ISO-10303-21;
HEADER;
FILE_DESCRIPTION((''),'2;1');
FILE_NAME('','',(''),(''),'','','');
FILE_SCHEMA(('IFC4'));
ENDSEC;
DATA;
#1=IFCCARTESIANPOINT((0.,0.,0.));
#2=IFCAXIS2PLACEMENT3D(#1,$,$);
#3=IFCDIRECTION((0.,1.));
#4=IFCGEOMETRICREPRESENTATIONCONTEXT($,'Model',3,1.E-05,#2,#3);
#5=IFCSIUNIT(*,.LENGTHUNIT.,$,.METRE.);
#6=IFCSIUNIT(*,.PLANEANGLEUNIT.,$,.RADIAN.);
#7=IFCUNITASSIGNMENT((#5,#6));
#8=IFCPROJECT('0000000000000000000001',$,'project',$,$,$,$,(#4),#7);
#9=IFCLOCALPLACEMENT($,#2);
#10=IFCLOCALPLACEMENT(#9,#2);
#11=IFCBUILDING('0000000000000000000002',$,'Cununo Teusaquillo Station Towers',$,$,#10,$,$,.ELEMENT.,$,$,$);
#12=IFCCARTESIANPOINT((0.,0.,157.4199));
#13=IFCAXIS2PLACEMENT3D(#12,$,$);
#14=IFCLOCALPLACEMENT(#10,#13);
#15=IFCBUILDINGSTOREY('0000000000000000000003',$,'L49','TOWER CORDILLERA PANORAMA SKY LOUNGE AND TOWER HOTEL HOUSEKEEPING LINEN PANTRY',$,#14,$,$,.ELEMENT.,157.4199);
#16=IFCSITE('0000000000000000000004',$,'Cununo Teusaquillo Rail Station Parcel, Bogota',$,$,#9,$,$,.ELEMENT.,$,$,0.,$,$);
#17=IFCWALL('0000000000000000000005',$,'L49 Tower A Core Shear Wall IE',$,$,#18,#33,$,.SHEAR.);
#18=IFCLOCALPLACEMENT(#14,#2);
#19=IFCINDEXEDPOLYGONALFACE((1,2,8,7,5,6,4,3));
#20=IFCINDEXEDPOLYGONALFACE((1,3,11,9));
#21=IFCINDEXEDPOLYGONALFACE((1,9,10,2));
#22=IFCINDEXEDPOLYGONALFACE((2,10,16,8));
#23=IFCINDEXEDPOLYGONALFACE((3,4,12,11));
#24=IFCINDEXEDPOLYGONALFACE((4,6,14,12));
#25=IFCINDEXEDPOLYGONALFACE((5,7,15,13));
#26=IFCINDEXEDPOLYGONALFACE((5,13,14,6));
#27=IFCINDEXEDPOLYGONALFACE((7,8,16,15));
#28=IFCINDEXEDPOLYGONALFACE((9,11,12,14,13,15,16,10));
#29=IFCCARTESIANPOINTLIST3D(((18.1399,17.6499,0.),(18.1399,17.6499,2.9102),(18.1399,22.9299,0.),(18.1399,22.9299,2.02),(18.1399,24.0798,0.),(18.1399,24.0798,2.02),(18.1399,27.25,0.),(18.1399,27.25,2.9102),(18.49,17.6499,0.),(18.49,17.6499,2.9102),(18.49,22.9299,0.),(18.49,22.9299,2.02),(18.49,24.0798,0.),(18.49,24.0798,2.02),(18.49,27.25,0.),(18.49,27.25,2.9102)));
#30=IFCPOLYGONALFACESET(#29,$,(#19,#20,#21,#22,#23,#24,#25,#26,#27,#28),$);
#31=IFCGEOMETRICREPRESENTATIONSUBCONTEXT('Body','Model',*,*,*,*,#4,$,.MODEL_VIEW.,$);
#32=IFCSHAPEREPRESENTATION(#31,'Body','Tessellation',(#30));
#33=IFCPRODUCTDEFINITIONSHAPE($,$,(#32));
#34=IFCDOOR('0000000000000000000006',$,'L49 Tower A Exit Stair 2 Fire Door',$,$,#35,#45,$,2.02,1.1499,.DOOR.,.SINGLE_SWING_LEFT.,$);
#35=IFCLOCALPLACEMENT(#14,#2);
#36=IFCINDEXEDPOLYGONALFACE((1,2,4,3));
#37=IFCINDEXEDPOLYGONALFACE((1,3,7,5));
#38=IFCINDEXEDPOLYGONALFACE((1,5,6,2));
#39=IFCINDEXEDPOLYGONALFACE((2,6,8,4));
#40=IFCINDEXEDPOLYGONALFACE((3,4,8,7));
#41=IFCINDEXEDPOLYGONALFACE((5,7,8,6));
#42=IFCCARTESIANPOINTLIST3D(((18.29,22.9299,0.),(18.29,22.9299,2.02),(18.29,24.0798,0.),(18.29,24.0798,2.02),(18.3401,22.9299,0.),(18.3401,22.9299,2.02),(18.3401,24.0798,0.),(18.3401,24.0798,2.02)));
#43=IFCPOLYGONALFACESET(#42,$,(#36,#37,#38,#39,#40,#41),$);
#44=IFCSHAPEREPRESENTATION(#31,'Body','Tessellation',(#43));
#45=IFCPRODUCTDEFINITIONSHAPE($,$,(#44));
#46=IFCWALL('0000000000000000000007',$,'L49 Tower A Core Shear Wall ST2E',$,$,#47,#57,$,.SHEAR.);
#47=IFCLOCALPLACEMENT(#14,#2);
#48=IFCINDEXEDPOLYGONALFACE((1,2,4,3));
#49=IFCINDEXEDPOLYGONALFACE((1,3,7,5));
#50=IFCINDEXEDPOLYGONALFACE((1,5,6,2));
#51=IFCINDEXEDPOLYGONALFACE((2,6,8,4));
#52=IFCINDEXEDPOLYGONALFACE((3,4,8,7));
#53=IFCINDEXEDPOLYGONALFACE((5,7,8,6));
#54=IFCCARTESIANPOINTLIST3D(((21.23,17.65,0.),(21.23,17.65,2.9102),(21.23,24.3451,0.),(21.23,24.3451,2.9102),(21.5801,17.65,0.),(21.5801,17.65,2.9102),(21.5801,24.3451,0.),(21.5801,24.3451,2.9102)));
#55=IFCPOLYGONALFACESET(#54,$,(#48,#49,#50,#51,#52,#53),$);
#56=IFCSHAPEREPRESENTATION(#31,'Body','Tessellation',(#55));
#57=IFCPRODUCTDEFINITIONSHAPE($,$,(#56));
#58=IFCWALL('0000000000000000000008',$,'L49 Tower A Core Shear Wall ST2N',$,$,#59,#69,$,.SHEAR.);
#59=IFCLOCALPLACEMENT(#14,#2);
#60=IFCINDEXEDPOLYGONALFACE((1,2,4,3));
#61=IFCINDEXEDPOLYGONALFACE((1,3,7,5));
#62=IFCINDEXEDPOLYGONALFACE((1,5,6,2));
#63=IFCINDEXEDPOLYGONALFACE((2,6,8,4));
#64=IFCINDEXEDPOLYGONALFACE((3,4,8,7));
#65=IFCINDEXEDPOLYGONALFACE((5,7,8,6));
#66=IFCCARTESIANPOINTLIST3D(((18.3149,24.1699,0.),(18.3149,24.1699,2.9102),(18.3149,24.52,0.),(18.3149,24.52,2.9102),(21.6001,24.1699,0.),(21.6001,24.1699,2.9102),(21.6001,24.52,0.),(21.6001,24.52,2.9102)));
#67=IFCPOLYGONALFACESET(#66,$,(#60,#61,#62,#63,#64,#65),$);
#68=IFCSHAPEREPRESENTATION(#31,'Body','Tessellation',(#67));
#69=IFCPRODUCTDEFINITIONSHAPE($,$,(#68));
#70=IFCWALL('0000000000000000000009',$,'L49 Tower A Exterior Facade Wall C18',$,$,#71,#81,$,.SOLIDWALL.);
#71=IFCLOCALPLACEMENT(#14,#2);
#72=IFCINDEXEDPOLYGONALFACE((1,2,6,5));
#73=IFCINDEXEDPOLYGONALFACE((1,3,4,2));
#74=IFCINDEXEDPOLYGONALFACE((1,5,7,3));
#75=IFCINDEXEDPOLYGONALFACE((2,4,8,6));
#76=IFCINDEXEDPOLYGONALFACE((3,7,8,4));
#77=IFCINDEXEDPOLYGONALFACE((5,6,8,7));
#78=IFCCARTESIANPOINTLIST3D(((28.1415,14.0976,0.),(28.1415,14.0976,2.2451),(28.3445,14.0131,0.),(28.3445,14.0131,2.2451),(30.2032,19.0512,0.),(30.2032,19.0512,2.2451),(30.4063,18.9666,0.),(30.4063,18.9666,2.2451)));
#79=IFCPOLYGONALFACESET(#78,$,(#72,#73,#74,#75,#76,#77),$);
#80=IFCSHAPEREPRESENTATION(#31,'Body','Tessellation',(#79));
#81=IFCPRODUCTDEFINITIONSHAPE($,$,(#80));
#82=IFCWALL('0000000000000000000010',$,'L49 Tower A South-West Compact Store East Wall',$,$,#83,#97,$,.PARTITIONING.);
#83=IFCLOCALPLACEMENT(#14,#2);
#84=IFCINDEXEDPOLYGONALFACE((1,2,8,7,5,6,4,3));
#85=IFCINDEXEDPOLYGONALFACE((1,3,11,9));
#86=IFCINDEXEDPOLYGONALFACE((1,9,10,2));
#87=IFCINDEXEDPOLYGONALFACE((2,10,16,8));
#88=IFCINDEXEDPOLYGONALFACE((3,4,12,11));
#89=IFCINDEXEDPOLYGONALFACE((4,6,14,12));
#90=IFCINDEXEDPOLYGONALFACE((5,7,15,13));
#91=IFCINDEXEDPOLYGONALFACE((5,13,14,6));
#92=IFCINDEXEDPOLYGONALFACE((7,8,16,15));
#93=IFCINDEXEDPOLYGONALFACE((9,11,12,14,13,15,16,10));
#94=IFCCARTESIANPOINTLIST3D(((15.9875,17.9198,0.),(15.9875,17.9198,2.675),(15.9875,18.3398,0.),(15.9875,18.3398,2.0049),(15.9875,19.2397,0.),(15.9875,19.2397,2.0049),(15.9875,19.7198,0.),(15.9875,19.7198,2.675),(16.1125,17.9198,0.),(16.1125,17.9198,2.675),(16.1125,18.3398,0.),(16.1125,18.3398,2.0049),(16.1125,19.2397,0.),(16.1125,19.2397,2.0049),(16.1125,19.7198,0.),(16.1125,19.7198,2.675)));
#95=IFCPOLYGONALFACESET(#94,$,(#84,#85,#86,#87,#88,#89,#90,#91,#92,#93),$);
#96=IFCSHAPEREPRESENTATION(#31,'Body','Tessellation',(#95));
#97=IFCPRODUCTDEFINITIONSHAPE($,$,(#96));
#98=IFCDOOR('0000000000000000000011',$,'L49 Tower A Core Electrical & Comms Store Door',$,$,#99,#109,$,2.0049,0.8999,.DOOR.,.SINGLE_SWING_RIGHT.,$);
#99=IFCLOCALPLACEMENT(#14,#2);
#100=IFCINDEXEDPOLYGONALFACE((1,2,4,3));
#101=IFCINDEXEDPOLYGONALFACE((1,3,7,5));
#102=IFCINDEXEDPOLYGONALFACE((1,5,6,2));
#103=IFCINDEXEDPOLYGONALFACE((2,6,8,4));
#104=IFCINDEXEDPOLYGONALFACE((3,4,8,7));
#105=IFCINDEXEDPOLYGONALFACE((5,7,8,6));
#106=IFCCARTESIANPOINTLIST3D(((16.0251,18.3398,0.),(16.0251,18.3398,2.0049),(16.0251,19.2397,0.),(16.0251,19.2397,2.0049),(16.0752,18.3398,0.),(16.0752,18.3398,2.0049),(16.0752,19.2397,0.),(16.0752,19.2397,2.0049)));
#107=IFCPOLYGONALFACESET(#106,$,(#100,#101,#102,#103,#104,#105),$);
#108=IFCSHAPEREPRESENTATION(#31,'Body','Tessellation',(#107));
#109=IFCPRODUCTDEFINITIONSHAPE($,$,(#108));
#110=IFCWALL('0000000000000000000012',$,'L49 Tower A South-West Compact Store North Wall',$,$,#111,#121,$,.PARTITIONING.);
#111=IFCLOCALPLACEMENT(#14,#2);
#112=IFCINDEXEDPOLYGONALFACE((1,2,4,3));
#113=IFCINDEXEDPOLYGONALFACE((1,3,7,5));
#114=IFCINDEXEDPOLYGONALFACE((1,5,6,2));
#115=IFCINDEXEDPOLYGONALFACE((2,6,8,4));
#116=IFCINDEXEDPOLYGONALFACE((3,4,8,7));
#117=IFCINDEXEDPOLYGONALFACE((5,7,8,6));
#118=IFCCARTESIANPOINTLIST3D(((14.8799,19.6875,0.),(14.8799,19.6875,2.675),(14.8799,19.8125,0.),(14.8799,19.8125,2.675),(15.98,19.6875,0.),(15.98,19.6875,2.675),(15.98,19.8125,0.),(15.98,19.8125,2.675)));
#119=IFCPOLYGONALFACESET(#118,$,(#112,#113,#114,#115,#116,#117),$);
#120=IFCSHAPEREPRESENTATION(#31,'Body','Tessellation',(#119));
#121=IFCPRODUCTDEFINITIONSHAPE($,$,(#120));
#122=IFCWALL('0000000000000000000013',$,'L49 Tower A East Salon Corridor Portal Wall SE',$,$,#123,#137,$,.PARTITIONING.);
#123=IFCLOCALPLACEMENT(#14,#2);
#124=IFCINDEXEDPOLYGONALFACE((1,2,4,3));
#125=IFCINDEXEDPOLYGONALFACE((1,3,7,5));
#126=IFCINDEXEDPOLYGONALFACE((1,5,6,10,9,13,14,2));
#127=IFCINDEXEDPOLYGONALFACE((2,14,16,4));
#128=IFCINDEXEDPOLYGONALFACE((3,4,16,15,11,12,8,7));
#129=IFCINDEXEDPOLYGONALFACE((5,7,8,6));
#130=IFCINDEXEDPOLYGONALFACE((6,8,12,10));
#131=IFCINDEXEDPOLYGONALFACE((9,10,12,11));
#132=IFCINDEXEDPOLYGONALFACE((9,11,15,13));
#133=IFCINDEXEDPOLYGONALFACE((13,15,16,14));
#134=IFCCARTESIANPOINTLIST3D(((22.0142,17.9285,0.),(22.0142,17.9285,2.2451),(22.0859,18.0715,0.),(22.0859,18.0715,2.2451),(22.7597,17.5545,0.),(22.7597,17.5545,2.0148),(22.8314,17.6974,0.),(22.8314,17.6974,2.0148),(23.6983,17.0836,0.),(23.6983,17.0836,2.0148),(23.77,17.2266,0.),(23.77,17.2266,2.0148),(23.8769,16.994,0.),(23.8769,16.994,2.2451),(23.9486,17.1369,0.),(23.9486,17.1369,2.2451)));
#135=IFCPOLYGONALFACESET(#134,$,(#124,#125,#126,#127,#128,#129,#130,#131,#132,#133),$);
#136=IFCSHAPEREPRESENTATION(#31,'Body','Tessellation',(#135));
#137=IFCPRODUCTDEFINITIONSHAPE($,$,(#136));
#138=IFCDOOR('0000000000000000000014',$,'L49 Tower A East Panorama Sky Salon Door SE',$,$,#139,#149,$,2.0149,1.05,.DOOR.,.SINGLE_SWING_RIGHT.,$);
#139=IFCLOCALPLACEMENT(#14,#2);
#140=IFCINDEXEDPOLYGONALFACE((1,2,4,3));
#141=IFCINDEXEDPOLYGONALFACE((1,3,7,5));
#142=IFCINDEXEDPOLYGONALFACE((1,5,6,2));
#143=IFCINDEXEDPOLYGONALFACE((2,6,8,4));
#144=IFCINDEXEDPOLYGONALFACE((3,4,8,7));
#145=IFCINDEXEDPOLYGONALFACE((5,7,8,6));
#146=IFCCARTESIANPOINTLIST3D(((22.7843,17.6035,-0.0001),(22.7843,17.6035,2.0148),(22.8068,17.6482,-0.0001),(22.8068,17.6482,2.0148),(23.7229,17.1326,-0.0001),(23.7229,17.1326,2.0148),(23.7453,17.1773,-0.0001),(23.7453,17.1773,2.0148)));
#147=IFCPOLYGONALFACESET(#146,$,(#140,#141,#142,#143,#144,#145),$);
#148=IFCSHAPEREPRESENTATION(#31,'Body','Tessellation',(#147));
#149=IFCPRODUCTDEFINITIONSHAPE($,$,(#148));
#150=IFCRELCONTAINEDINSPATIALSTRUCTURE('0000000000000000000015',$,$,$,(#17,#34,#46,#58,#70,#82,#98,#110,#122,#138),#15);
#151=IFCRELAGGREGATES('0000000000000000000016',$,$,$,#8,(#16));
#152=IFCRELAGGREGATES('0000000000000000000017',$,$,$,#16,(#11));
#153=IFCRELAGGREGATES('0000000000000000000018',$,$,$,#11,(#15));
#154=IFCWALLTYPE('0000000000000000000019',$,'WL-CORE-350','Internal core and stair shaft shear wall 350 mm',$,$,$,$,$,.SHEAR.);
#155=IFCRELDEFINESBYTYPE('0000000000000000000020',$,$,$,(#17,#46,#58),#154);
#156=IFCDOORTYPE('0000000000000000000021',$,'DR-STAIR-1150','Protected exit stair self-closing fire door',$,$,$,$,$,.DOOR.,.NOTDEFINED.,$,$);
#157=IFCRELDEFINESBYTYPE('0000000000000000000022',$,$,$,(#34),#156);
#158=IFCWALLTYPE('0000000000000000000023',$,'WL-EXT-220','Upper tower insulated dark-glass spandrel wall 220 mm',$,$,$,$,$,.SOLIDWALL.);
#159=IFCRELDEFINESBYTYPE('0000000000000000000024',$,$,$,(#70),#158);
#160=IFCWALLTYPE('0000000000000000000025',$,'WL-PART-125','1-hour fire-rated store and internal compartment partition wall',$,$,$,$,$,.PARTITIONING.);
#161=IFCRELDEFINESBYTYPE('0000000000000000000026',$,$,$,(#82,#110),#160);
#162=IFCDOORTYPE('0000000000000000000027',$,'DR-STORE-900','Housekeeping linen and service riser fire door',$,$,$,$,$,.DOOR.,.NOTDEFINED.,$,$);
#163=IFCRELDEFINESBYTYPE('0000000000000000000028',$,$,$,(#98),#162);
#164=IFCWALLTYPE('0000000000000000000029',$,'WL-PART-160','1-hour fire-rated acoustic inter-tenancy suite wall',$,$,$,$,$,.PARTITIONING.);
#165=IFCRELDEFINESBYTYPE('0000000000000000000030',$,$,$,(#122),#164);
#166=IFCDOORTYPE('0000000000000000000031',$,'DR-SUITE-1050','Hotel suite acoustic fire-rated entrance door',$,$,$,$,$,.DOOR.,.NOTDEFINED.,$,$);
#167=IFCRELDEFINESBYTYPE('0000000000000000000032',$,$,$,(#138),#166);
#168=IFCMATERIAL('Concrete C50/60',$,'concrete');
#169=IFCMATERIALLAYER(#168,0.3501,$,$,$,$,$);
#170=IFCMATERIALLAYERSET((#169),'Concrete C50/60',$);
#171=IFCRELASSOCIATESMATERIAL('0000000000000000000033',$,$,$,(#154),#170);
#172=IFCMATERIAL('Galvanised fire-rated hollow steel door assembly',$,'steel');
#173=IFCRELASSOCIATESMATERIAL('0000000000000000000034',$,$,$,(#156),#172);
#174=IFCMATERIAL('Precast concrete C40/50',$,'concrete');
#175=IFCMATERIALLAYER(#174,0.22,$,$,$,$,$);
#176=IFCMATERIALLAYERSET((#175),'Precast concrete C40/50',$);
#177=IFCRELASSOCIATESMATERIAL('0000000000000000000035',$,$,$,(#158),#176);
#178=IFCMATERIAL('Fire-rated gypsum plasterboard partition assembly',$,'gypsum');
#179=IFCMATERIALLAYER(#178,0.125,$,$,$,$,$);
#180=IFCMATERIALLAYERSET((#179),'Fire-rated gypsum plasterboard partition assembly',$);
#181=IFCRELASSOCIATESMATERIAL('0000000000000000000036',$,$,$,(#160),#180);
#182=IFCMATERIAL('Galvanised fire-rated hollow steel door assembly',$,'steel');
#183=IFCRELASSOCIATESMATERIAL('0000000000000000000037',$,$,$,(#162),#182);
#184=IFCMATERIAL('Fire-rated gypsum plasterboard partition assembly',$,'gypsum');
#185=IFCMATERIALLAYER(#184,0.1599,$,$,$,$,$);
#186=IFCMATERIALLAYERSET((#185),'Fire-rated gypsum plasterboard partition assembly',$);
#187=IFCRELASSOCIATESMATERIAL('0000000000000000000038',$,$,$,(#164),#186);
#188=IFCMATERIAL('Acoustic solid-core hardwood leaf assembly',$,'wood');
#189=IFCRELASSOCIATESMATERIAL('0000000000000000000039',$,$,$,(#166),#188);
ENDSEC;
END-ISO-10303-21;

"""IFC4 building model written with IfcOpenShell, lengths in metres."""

from ifc_helpers import new_model, si_unit, direction, frame, frame_2d, origin, place, context, subcontext, project, spatial, rectangle, extrude, source, transform, mapped, material, layer, layer_set, type_object, element, fill, save


model = new_model("IFC4")

# Units and contexts
model_context = context("Model", 3, precision=1e-05, world=origin(), true_north=direction((0.0, 1.0)))
body_context = subcontext(model_context, "Body", "Model", "MODEL_VIEW")
ifc_project = project(units=[si_unit("LENGTHUNIT", "METRE"), si_unit("PLANEANGLEUNIT", "RADIAN")], contexts=[model_context])

# Site, building, storey
site_placement = place(None, origin())
site = spatial("IfcSite", under=ifc_project, at=site_placement, Name="Cununo Teusaquillo Rail Station Parcel, Bogota", CompositionType="ELEMENT", RefElevation=0.0)
building_placement = place(site_placement, origin())
building = spatial("IfcBuilding", under=site, at=building_placement, Name="Cununo Teusaquillo Station Towers", CompositionType="ELEMENT")
storey_placement = place(building_placement, frame((0.0, 0.0, 157.4199)))
storey = spatial("IfcBuildingStorey", under=building, at=storey_placement, Name="L49", Description="TOWER CORDILLERA PANORAMA SKY LOUNGE AND TOWER HOTEL HOUSEKEEPING LINEN PANTRY", CompositionType="ELEMENT", Elevation=157.4199)

# Wall, opening, door
ifc_material_1 = material(Name="Concrete C50/60", Category="concrete")
ifc_layer_1 = layer(ifc_material_1, 0.3501)
ifc_layer_set_1 = layer_set([ifc_layer_1], Name="Concrete C50/60")
wall_type_1 = type_object("IfcWallType", Name="WL-CORE-350", Description="Internal core and stair shaft shear wall 350 mm", PredefinedType="SHEAR", material=ifc_layer_set_1)
wall_1_placement = place(storey_placement, frame((18.3149, 17.6499, 0.0), z_axis=(0.0, 0.0, 1.0), x_axis=(0.0, 1.0, 0.0)))
wall_1 = element("IfcWall", 1, at=wall_1_placement, inside=storey, type_object=wall_type_1, Name="L49 Tower A Core Shear Wall IE", PredefinedType="SHEAR", context=body_context, shape_type="SweptSolid", body=[
    extrude(rectangle(XDim=9.6001, YDim=0.3501, at=frame_2d((4.8, 0.0))), origin(), (0.0, 0.0, 1.0), 2.9102),
])
shared_shape_1 = source(origin(), body_context, "Body", "SweptSolid", [
    extrude(rectangle(XDim=1.1499, YDim=2.02, at=frame_2d((0.575, 1.01))), frame((0.0, 0.1851, 0.0), z_axis=(0.0, -1.0, 0.0), x_axis=(1.0, 0.0, 0.0)), (0.0, 0.0, 1.0), 0.3701),
])
opening_1_placement = place(wall_1_placement, frame((5.28, 0.0, 0.0)))
opening_1 = element("IfcOpeningElement", 2, at=opening_1_placement, cuts=wall_1, PredefinedType="OPENING", context=body_context, shape_type="MappedRepresentation", body=[
    mapped(shared_shape_1, transform((0.0, 0.0, 0.0), x_axis=(1.0, 0.0, 0.0), y_axis=(0.0, 1.0, 0.0), z_axis=(0.0, 0.0, 1.0), scale=1.0)),
])
ifc_material_2 = material(Name="Galvanised fire-rated hollow steel door assembly", Category="steel")
door_type_1 = type_object("IfcDoorType", Name="DR-STAIR-1150", Description="Protected exit stair self-closing fire door", OperationType="NOTDEFINED", PredefinedType="DOOR", material=ifc_material_2)
shared_shape_2 = source(origin(), body_context, "Body", "SweptSolid", [
    extrude(rectangle(XDim=1.1499, YDim=2.02, at=frame_2d((0.575, 1.01))), frame((0.0, 0.0249, 0.0), z_axis=(0.0, -1.0, 0.0), x_axis=(1.0, 0.0, 0.0)), (0.0, 0.0, 1.0), 0.05),
])
door_1_placement = place(opening_1_placement, origin())
door_1 = element("IfcDoor", 3, at=door_1_placement, inside=storey, type_object=door_type_1, Name="L49 Tower A Exit Stair 2 Fire Door", OperationType="SINGLE_SWING_LEFT", OverallHeight=2.02, OverallWidth=1.1499, PredefinedType="DOOR", context=body_context, shape_type="MappedRepresentation", body=[
    mapped(shared_shape_2, transform((0.0, 0.0, 0.0), x_axis=(1.0, 0.0, 0.0), y_axis=(0.0, 1.0, 0.0), z_axis=(0.0, 0.0, 1.0), scale=1.0)),
])
fill(opening_1, door_1)

# Walls
wall_2_placement = place(storey_placement, frame((21.405, 17.6499, 0.0), z_axis=(0.0, 0.0, 1.0), x_axis=(0.0, 1.0, 0.0)))
element("IfcWall", 4, at=wall_2_placement, inside=storey, type_object=wall_type_1, Name="L49 Tower A Core Shear Wall ST2E", PredefinedType="SHEAR", context=body_context, shape_type="SweptSolid", body=[
    extrude(rectangle(XDim=6.6951, YDim=0.3501, at=frame_2d((3.3477, 0.0))), origin(), (0.0, 0.0, 1.0), 2.9102),
])
wall_3_placement = place(storey_placement, frame((18.3149, 24.345, 0.0), z_axis=(0.0, 0.0, 1.0), x_axis=(1.0, 0.0, 0.0)))
element("IfcWall", 5, at=wall_3_placement, inside=storey, type_object=wall_type_1, Name="L49 Tower A Core Shear Wall ST2N", PredefinedType="SHEAR", context=body_context, shape_type="SweptSolid", body=[
    extrude(rectangle(XDim=3.2852, YDim=0.3501, at=frame_2d((1.6426, 0.0))), origin(), (0.0, 0.0, 1.0), 2.9102),
])
ifc_material_3 = material(Name="Precast concrete C40/50", Category="concrete")
ifc_layer_2 = layer(ifc_material_3, 0.22)
ifc_layer_set_2 = layer_set([ifc_layer_2], Name="Precast concrete C40/50")
wall_type_2 = type_object("IfcWallType", Name="WL-EXT-220", Description="Upper tower insulated dark-glass spandrel wall 220 mm", PredefinedType="SOLIDWALL", material=ifc_layer_set_2)
wall_4_placement = place(storey_placement, frame((30.3047, 19.0088, 0.0), z_axis=(0.0, 0.0, 1.0), x_axis=(-0.38426, -0.923225, 0.0)))
element("IfcWall", 6, at=wall_4_placement, inside=storey, type_object=wall_type_2, Name="L49 Tower A Exterior Facade Wall C18", PredefinedType="SOLIDWALL", context=body_context, shape_type="SweptSolid", body=[
    extrude(rectangle(XDim=5.3655, YDim=0.22, at=frame_2d((2.6826, 0.0))), origin(), (0.0, 0.0, 1.0), 2.2451),
])

# Wall, opening, door
ifc_material_4 = material(Name="Fire-rated gypsum plasterboard partition assembly", Category="gypsum")
ifc_layer_3 = layer(ifc_material_4, 0.125)
ifc_layer_set_3 = layer_set([ifc_layer_3], Name="Fire-rated gypsum plasterboard partition assembly")
wall_type_3 = type_object("IfcWallType", Name="WL-PART-125", Description="1-hour fire-rated store and internal compartment partition wall", PredefinedType="PARTITIONING", material=ifc_layer_set_3)
wall_5_placement = place(storey_placement, frame((16.05, 17.9199, 0.0), z_axis=(0.0, 0.0, 1.0), x_axis=(0.0, 1.0, 0.0)))
wall_5 = element("IfcWall", 7, at=wall_5_placement, inside=storey, type_object=wall_type_3, Name="L49 Tower A South-West Compact Store East Wall", PredefinedType="PARTITIONING", context=body_context, shape_type="SweptSolid", body=[
    extrude(rectangle(XDim=1.8, YDim=0.125, at=frame_2d((0.8999, 0.0))), origin(), (0.0, 0.0, 1.0), 2.675),
])
shared_shape_3 = source(origin(), body_context, "Body", "SweptSolid", [
    extrude(rectangle(XDim=0.8999, YDim=2.0049, at=frame_2d((0.45, 1.0024))), frame((0.0, 0.0725, 0.0), z_axis=(0.0, -1.0, 0.0), x_axis=(1.0, 0.0, 0.0)), (0.0, 0.0, 1.0), 0.145),
])
opening_2_placement = place(wall_5_placement, frame((0.4199, 0.0, 0.0)))
opening_2 = element("IfcOpeningElement", 8, at=opening_2_placement, cuts=wall_5, PredefinedType="OPENING", context=body_context, shape_type="MappedRepresentation", body=[
    mapped(shared_shape_3, transform((0.0, 0.0, 0.0), x_axis=(1.0, 0.0, 0.0), y_axis=(0.0, 1.0, 0.0), z_axis=(0.0, 0.0, 1.0), scale=1.0)),
])
ifc_material_5 = material(Name="Galvanised fire-rated hollow steel door assembly", Category="steel")
door_type_2 = type_object("IfcDoorType", Name="DR-STORE-900", Description="Housekeeping linen and service riser fire door", OperationType="NOTDEFINED", PredefinedType="DOOR", material=ifc_material_5)
shared_shape_4 = source(origin(), body_context, "Body", "SweptSolid", [
    extrude(rectangle(XDim=0.8999, YDim=2.0049, at=frame_2d((0.45, 1.0024))), frame((0.0, 0.0249, 0.0), z_axis=(0.0, -1.0, 0.0), x_axis=(1.0, 0.0, 0.0)), (0.0, 0.0, 1.0), 0.05),
])
door_2_placement = place(opening_2_placement, origin())
door_2 = element("IfcDoor", 9, at=door_2_placement, inside=storey, type_object=door_type_2, Name="L49 Tower A Core Electrical & Comms Store Door", OperationType="SINGLE_SWING_RIGHT", OverallHeight=2.0049, OverallWidth=0.8999, PredefinedType="DOOR", context=body_context, shape_type="MappedRepresentation", body=[
    mapped(shared_shape_4, transform((0.0, 0.0, 0.0), x_axis=(1.0, 0.0, 0.0), y_axis=(0.0, 1.0, 0.0), z_axis=(0.0, 0.0, 1.0), scale=1.0)),
])
fill(opening_2, door_2)

# Wall
wall_6_placement = place(storey_placement, frame((14.8799, 19.75, 0.0), z_axis=(0.0, 0.0, 1.0), x_axis=(1.0, 0.0, 0.0)))
element("IfcWall", 10, at=wall_6_placement, inside=storey, type_object=wall_type_3, Name="L49 Tower A South-West Compact Store North Wall", PredefinedType="PARTITIONING", context=body_context, shape_type="SweptSolid", body=[
    extrude(rectangle(XDim=1.1001, YDim=0.125, at=frame_2d((0.55, 0.0))), origin(), (0.0, 0.0, 1.0), 2.675),
])

# Wall, opening, door
ifc_material_6 = material(Name="Fire-rated gypsum plasterboard partition assembly", Category="gypsum")
ifc_layer_4 = layer(ifc_material_6, 0.1599)
ifc_layer_set_4 = layer_set([ifc_layer_4], Name="Fire-rated gypsum plasterboard partition assembly")
wall_type_4 = type_object("IfcWallType", Name="WL-PART-160", Description="1-hour fire-rated acoustic inter-tenancy suite wall", PredefinedType="PARTITIONING", material=ifc_layer_set_4)
wall_7_placement = place(storey_placement, frame((22.05, 18.0, 0.0), z_axis=(0.0, 0.0, 1.0), x_axis=(0.893817, -0.448431, 0.0)))
wall_7 = element("IfcWall", 11, at=wall_7_placement, inside=storey, type_object=wall_type_4, Name="L49 Tower A East Salon Corridor Portal Wall SE", PredefinedType="PARTITIONING", context=body_context, shape_type="SweptSolid", body=[
    extrude(rectangle(XDim=2.084, YDim=0.1599, at=frame_2d((1.042, 0.0))), origin(), (0.0, 0.0, 1.0), 2.2451),
])
shared_shape_5 = source(origin(), body_context, "Body", "SweptSolid", [
    extrude(rectangle(XDim=1.05, YDim=2.0149, at=frame_2d((0.5249, 1.0073))), frame((0.0, 0.0898, 0.0), z_axis=(0.0, -1.0, 0.0), x_axis=(1.0, 0.0, 0.0)), (0.0, 0.0, 1.0), 0.1799),
])
opening_3_placement = place(wall_7_placement, frame((0.8342, 0.0, 0.0)))
opening_3 = element("IfcOpeningElement", 12, at=opening_3_placement, cuts=wall_7, PredefinedType="OPENING", context=body_context, shape_type="MappedRepresentation", body=[
    mapped(shared_shape_5, transform((0.0, 0.0, 0.0), x_axis=(1.0, 0.0, 0.0), y_axis=(0.0, 1.0, 0.0), z_axis=(0.0, 0.0, 1.0), scale=1.0)),
])
ifc_material_7 = material(Name="Acoustic solid-core hardwood leaf assembly", Category="wood")
door_type_3 = type_object("IfcDoorType", Name="DR-SUITE-1050", Description="Hotel suite acoustic fire-rated entrance door", OperationType="NOTDEFINED", PredefinedType="DOOR", material=ifc_material_7)
shared_shape_6 = source(origin(), body_context, "Body", "SweptSolid", [
    extrude(rectangle(XDim=1.05, YDim=2.0149, at=frame_2d((0.5249, 1.0073))), frame((0.0, 0.0249, 0.0), z_axis=(0.0, -1.0, 0.0), x_axis=(1.0, 0.0, 0.0)), (0.0, 0.0, 1.0), 0.05),
])
door_3_placement = place(opening_3_placement, origin())
door_3 = element("IfcDoor", 13, at=door_3_placement, inside=storey, type_object=door_type_3, Name="L49 Tower A East Panorama Sky Salon Door SE", OperationType="SINGLE_SWING_RIGHT", OverallHeight=2.0149, OverallWidth=1.05, PredefinedType="DOOR", context=body_context, shape_type="MappedRepresentation", body=[
    mapped(shared_shape_6, transform((0.0, 0.0, 0.0), x_axis=(1.0, 0.0, 0.0), y_axis=(0.0, 1.0, 0.0), z_axis=(0.0, 0.0, 1.0), scale=1.0)),
])
fill(opening_3, door_3)

save(model, "model.ifc")
